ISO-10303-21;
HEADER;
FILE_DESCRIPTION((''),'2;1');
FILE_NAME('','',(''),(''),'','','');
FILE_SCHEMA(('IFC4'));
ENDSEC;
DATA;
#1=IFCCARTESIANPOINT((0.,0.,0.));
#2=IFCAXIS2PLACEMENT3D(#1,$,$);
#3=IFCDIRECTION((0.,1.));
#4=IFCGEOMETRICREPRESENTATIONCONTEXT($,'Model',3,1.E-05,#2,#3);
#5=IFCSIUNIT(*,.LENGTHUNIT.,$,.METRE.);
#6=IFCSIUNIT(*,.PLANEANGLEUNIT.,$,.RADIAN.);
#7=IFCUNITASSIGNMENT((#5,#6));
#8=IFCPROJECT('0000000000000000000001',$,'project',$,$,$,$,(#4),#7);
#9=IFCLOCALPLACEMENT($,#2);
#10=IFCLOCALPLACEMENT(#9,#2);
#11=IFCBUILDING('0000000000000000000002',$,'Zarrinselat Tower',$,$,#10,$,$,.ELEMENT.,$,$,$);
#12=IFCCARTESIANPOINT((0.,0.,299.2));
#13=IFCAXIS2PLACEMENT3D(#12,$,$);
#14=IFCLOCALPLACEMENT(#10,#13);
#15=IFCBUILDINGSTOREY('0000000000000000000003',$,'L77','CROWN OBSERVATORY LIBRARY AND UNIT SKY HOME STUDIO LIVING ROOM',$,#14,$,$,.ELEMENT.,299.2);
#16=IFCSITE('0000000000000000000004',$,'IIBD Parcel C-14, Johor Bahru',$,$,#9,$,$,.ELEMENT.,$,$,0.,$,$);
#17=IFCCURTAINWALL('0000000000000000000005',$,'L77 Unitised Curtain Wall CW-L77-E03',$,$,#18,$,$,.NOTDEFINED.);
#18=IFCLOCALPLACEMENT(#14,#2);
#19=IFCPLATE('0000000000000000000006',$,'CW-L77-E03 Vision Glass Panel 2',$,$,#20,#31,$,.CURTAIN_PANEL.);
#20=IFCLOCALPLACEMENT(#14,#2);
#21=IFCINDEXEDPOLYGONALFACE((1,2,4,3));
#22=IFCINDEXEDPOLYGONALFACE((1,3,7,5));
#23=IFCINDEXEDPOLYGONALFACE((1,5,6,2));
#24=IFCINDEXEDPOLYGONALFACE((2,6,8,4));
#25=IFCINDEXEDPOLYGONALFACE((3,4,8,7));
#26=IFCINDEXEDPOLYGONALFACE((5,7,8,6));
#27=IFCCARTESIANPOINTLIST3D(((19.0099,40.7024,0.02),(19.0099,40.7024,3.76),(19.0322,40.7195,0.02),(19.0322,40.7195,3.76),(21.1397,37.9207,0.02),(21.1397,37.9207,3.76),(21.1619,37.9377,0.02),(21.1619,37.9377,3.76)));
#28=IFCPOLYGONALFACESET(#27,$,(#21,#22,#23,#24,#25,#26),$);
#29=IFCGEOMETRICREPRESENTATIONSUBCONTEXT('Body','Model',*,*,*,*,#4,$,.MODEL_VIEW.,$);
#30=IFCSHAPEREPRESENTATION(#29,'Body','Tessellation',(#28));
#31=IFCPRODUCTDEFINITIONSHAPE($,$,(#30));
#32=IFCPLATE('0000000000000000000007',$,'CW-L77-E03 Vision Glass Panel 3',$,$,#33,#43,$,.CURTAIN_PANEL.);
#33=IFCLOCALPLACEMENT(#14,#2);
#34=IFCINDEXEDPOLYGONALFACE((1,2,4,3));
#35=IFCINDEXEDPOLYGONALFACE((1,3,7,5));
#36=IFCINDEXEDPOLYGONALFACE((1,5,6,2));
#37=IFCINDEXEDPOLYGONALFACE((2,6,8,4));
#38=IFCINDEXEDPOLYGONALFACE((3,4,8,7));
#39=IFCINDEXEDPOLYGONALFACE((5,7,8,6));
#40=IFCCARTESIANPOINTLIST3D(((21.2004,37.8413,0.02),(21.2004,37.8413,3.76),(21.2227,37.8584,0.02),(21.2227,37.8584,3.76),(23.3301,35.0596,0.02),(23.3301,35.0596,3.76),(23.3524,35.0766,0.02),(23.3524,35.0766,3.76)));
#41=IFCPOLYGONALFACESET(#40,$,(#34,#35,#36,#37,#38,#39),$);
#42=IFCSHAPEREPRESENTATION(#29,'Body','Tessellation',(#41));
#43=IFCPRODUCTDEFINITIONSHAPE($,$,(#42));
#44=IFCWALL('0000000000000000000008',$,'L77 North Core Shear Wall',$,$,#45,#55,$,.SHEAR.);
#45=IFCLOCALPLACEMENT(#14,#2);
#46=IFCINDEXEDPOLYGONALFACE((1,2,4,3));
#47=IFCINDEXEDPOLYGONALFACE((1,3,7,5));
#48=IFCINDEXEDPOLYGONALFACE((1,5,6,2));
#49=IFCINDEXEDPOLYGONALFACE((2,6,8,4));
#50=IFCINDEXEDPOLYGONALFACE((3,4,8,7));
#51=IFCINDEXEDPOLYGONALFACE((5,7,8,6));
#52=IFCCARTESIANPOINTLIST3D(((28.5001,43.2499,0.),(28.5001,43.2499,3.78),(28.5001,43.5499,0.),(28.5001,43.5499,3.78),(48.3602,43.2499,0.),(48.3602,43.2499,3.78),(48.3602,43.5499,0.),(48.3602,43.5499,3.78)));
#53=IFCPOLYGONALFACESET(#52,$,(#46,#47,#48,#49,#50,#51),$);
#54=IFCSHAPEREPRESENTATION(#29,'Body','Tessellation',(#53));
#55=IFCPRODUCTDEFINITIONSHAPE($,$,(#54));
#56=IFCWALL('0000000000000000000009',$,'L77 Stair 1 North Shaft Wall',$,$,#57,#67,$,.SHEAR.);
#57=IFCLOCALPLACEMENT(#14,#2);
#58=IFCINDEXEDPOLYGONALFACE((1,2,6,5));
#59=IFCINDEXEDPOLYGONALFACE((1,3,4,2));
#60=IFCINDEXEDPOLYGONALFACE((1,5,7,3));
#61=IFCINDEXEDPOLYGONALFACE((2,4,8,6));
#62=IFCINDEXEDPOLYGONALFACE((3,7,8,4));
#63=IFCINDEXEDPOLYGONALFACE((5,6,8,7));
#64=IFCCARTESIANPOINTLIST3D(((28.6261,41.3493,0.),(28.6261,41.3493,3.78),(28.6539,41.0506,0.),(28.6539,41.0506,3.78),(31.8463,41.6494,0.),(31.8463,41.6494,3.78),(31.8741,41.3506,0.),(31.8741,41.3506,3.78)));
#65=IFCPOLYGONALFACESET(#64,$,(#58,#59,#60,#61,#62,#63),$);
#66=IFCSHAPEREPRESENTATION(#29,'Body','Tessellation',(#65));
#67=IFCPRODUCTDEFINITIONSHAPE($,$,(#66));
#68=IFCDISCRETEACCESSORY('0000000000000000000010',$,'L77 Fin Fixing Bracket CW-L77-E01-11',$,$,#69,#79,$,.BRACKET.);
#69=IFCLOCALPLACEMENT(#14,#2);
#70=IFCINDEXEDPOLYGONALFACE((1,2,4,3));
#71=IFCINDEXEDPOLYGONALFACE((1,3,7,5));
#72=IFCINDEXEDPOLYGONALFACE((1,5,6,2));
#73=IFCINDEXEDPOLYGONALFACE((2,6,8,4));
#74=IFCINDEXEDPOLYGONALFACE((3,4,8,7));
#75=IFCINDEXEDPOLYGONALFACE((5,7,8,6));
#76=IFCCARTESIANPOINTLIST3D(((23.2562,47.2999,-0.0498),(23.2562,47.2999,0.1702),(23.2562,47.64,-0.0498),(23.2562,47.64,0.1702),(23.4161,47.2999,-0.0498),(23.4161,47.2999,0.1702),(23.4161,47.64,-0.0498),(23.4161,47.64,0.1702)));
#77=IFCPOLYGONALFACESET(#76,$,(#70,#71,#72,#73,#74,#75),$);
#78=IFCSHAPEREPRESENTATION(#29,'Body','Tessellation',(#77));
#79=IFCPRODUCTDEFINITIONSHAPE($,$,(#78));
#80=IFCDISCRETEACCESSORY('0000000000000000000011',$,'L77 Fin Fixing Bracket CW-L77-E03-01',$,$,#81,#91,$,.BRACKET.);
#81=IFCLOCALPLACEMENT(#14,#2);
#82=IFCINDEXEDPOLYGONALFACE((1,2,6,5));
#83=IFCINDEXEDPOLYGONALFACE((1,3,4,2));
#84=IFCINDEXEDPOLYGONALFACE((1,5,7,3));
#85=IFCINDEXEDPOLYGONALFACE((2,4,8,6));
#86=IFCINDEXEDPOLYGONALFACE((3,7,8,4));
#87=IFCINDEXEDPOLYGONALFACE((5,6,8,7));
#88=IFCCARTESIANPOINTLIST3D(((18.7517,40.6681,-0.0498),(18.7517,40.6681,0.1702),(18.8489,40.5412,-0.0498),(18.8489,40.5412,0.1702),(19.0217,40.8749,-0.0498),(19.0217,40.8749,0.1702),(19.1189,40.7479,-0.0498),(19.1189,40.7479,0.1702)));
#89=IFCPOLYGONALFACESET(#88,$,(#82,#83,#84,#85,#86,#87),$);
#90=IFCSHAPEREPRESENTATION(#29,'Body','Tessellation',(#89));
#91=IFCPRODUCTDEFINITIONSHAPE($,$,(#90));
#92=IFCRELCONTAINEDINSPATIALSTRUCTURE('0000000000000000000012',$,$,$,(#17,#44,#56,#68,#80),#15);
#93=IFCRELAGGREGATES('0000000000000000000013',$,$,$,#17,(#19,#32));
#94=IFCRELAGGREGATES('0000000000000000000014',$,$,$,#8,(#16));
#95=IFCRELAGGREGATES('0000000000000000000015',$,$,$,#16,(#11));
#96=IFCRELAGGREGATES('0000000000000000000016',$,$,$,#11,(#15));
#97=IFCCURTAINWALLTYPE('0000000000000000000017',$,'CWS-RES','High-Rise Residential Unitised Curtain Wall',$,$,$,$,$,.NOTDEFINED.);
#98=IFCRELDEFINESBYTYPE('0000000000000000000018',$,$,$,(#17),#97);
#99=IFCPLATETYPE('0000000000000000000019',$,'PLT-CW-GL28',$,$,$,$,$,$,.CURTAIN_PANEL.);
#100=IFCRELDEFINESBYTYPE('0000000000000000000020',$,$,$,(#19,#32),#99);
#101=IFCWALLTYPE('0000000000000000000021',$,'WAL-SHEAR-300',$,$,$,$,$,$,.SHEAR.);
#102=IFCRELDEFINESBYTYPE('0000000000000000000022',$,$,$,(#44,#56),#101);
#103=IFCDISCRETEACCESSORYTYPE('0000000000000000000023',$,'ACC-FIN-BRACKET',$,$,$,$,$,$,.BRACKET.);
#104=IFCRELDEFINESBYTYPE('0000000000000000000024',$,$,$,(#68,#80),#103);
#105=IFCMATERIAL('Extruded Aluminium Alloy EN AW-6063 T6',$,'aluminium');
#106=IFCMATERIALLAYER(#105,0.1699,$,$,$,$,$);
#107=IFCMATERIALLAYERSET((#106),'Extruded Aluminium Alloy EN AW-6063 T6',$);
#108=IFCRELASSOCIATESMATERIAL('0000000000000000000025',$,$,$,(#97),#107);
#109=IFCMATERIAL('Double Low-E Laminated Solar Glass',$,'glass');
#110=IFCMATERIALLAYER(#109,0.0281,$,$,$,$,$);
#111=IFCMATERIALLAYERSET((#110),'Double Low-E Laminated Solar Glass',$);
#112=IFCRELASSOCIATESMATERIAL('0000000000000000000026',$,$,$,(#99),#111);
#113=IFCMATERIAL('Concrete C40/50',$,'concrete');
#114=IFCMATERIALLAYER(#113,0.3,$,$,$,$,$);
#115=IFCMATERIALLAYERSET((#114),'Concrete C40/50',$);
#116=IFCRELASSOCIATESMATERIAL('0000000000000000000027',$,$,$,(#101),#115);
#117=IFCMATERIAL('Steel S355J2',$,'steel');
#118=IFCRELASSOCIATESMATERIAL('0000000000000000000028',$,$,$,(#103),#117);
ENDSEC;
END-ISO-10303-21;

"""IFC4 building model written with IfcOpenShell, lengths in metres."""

from ifc_helpers import new_model, si_unit, direction, frame, frame_2d, origin, origin_2d, place, context, subcontext, project, spatial, rectangle, extrude, material, layer, layer_set, type_object, element, aggregate, save


model = new_model("IFC4")

# Units and contexts
model_context = context("Model", 3, precision=1e-05, world=origin(), true_north=direction((0.0, 1.0)))
body_context = subcontext(model_context, "Body", "Model", "MODEL_VIEW")
ifc_project = project(units=[si_unit("LENGTHUNIT", "METRE"), si_unit("PLANEANGLEUNIT", "RADIAN")], contexts=[model_context])

# Site, building, storey
site_placement = place(None, origin())
site = spatial("IfcSite", under=ifc_project, at=site_placement, Name="IIBD Parcel C-14, Johor Bahru", CompositionType="ELEMENT", RefElevation=0.0)
building_placement = place(site_placement, origin())
building = spatial("IfcBuilding", under=site, at=building_placement, Name="Zarrinselat Tower", CompositionType="ELEMENT")
storey_placement = place(building_placement, frame((0.0, 0.0, 299.2)))
storey = spatial("IfcBuildingStorey", under=building, at=storey_placement, Name="L77", Description="CROWN OBSERVATORY LIBRARY AND UNIT SKY HOME STUDIO LIVING ROOM", CompositionType="ELEMENT", Elevation=299.2)

# Shared definitions
ifc_material_1 = material(Name="Extruded Aluminium Alloy EN AW-6063 T6", Category="aluminium")
ifc_layer_1 = layer(ifc_material_1, 0.1699)
ifc_layer_set_1 = layer_set([ifc_layer_1], Name="Extruded Aluminium Alloy EN AW-6063 T6")
curtain_wall_type = type_object("IfcCurtainWallType", Name="CWS-RES", Description="High-Rise Residential Unitised Curtain Wall", PredefinedType="NOTDEFINED", material=ifc_layer_set_1)

# Curtain wall
curtain_wall_1_placement = place(storey_placement, origin())
curtain_wall_1 = element("IfcCurtainWall", 1, at=curtain_wall_1_placement, inside=storey, type_object=curtain_wall_type, Name="L77 Unitised Curtain Wall CW-L77-E03", PredefinedType="NOTDEFINED")

# Plates
ifc_material_2 = material(Name="Double Low-E Laminated Solar Glass", Category="glass")
ifc_layer_2 = layer(ifc_material_2, 0.0281)
ifc_layer_set_2 = layer_set([ifc_layer_2], Name="Double Low-E Laminated Solar Glass")
plate_type = type_object("IfcPlateType", Name="PLT-CW-GL28", PredefinedType="CURTAIN_PANEL", material=ifc_layer_set_2)
plate_1_placement = place(storey_placement, frame((20.0859, 39.3201, 0.02), z_axis=(0.0, 0.0, 1.0), x_axis=(0.607898, -0.794015, 0.0)))
plate_1 = element("IfcPlate", 2, at=plate_1_placement, type_object=plate_type, Name="CW-L77-E03 Vision Glass Panel 2", PredefinedType="CURTAIN_PANEL", context=body_context, shape_type="SweptSolid", body=[
    extrude(rectangle(XDim=3.5034, YDim=0.0281, at=origin_2d()), origin(), (0.0, 0.0, 1.0), 3.74),
])
plate_2_placement = place(storey_placement, frame((22.2764, 36.459, 0.02), z_axis=(0.0, 0.0, 1.0), x_axis=(0.607898, -0.794015, 0.0)))
plate_2 = element("IfcPlate", 3, at=plate_2_placement, type_object=plate_type, Name="CW-L77-E03 Vision Glass Panel 3", PredefinedType="CURTAIN_PANEL", context=body_context, shape_type="SweptSolid", body=[
    extrude(rectangle(XDim=3.5034, YDim=0.0281, at=origin_2d()), origin(), (0.0, 0.0, 1.0), 3.74),
])
aggregate(curtain_wall_1, [plate_1, plate_2])

# Walls
ifc_material_3 = material(Name="Concrete C40/50", Category="concrete")
ifc_layer_3 = layer(ifc_material_3, 0.3)
ifc_layer_set_3 = layer_set([ifc_layer_3], Name="Concrete C40/50")
wall_type = type_object("IfcWallType", Name="WAL-SHEAR-300", PredefinedType="SHEAR", material=ifc_layer_set_3)
wall_1_placement = place(storey_placement, frame((28.5, 43.3999, 0.0), z_axis=(0.0, 0.0, 1.0), x_axis=(1.0, 0.0, 0.0)))
element("IfcWall", 4, at=wall_1_placement, inside=storey, type_object=wall_type, Name="L77 North Core Shear Wall", PredefinedType="SHEAR", context=body_context, shape_type="SweptSolid", body=[
    extrude(rectangle(XDim=19.8601, YDim=0.3, at=frame_2d((9.9302, 0.0))), origin(), (0.0, 0.0, 1.0), 3.78),
])
wall_2_placement = place(storey_placement, frame((28.6399, 41.2, 0.0), z_axis=(0.0, 0.0, 1.0), x_axis=(0.995687, 0.092775, 0.0)))
element("IfcWall", 5, at=wall_2_placement, inside=storey, type_object=wall_type, Name="L77 Stair 1 North Shaft Wall", PredefinedType="SHEAR", context=body_context, shape_type="SweptSolid", body=[
    extrude(rectangle(XDim=3.2341, YDim=0.3, at=frame_2d((1.6172, 0.0))), origin(), (0.0, 0.0, 1.0), 3.78),
])

# Discrete accessories
ifc_material_4 = material(Name="Steel S355J2", Category="steel")
discrete_accessory_type = type_object("IfcDiscreteAccessoryType", Name="ACC-FIN-BRACKET", PredefinedType="BRACKET", material=ifc_material_4)
for number, where, z_axis, x_axis, name in (
    (6, (23.3362, 47.47, -0.0498), (0.0, 0.0, 1.0), (0.0, 1.0, 0.0), "L77 Fin Fixing Bracket CW-L77-E01-11"),
    (7, (18.9353, 40.708, -0.0498), (0.0, 0.0, 1.0), (-0.794015, -0.607898, 0.0), "L77 Fin Fixing Bracket CW-L77-E03-01"),
):
    element("IfcDiscreteAccessory", number, at=place(storey_placement, frame(where, z_axis=z_axis, x_axis=x_axis)), inside=storey, type_object=discrete_accessory_type, Name=name, PredefinedType="BRACKET", context=body_context, shape_type="SweptSolid", body=[
        extrude(rectangle(XDim=0.3401, YDim=0.1599, at=origin_2d()), origin(), (0.0, 0.0, 1.0), 0.22),
    ])

save(model, "model.ifc")
